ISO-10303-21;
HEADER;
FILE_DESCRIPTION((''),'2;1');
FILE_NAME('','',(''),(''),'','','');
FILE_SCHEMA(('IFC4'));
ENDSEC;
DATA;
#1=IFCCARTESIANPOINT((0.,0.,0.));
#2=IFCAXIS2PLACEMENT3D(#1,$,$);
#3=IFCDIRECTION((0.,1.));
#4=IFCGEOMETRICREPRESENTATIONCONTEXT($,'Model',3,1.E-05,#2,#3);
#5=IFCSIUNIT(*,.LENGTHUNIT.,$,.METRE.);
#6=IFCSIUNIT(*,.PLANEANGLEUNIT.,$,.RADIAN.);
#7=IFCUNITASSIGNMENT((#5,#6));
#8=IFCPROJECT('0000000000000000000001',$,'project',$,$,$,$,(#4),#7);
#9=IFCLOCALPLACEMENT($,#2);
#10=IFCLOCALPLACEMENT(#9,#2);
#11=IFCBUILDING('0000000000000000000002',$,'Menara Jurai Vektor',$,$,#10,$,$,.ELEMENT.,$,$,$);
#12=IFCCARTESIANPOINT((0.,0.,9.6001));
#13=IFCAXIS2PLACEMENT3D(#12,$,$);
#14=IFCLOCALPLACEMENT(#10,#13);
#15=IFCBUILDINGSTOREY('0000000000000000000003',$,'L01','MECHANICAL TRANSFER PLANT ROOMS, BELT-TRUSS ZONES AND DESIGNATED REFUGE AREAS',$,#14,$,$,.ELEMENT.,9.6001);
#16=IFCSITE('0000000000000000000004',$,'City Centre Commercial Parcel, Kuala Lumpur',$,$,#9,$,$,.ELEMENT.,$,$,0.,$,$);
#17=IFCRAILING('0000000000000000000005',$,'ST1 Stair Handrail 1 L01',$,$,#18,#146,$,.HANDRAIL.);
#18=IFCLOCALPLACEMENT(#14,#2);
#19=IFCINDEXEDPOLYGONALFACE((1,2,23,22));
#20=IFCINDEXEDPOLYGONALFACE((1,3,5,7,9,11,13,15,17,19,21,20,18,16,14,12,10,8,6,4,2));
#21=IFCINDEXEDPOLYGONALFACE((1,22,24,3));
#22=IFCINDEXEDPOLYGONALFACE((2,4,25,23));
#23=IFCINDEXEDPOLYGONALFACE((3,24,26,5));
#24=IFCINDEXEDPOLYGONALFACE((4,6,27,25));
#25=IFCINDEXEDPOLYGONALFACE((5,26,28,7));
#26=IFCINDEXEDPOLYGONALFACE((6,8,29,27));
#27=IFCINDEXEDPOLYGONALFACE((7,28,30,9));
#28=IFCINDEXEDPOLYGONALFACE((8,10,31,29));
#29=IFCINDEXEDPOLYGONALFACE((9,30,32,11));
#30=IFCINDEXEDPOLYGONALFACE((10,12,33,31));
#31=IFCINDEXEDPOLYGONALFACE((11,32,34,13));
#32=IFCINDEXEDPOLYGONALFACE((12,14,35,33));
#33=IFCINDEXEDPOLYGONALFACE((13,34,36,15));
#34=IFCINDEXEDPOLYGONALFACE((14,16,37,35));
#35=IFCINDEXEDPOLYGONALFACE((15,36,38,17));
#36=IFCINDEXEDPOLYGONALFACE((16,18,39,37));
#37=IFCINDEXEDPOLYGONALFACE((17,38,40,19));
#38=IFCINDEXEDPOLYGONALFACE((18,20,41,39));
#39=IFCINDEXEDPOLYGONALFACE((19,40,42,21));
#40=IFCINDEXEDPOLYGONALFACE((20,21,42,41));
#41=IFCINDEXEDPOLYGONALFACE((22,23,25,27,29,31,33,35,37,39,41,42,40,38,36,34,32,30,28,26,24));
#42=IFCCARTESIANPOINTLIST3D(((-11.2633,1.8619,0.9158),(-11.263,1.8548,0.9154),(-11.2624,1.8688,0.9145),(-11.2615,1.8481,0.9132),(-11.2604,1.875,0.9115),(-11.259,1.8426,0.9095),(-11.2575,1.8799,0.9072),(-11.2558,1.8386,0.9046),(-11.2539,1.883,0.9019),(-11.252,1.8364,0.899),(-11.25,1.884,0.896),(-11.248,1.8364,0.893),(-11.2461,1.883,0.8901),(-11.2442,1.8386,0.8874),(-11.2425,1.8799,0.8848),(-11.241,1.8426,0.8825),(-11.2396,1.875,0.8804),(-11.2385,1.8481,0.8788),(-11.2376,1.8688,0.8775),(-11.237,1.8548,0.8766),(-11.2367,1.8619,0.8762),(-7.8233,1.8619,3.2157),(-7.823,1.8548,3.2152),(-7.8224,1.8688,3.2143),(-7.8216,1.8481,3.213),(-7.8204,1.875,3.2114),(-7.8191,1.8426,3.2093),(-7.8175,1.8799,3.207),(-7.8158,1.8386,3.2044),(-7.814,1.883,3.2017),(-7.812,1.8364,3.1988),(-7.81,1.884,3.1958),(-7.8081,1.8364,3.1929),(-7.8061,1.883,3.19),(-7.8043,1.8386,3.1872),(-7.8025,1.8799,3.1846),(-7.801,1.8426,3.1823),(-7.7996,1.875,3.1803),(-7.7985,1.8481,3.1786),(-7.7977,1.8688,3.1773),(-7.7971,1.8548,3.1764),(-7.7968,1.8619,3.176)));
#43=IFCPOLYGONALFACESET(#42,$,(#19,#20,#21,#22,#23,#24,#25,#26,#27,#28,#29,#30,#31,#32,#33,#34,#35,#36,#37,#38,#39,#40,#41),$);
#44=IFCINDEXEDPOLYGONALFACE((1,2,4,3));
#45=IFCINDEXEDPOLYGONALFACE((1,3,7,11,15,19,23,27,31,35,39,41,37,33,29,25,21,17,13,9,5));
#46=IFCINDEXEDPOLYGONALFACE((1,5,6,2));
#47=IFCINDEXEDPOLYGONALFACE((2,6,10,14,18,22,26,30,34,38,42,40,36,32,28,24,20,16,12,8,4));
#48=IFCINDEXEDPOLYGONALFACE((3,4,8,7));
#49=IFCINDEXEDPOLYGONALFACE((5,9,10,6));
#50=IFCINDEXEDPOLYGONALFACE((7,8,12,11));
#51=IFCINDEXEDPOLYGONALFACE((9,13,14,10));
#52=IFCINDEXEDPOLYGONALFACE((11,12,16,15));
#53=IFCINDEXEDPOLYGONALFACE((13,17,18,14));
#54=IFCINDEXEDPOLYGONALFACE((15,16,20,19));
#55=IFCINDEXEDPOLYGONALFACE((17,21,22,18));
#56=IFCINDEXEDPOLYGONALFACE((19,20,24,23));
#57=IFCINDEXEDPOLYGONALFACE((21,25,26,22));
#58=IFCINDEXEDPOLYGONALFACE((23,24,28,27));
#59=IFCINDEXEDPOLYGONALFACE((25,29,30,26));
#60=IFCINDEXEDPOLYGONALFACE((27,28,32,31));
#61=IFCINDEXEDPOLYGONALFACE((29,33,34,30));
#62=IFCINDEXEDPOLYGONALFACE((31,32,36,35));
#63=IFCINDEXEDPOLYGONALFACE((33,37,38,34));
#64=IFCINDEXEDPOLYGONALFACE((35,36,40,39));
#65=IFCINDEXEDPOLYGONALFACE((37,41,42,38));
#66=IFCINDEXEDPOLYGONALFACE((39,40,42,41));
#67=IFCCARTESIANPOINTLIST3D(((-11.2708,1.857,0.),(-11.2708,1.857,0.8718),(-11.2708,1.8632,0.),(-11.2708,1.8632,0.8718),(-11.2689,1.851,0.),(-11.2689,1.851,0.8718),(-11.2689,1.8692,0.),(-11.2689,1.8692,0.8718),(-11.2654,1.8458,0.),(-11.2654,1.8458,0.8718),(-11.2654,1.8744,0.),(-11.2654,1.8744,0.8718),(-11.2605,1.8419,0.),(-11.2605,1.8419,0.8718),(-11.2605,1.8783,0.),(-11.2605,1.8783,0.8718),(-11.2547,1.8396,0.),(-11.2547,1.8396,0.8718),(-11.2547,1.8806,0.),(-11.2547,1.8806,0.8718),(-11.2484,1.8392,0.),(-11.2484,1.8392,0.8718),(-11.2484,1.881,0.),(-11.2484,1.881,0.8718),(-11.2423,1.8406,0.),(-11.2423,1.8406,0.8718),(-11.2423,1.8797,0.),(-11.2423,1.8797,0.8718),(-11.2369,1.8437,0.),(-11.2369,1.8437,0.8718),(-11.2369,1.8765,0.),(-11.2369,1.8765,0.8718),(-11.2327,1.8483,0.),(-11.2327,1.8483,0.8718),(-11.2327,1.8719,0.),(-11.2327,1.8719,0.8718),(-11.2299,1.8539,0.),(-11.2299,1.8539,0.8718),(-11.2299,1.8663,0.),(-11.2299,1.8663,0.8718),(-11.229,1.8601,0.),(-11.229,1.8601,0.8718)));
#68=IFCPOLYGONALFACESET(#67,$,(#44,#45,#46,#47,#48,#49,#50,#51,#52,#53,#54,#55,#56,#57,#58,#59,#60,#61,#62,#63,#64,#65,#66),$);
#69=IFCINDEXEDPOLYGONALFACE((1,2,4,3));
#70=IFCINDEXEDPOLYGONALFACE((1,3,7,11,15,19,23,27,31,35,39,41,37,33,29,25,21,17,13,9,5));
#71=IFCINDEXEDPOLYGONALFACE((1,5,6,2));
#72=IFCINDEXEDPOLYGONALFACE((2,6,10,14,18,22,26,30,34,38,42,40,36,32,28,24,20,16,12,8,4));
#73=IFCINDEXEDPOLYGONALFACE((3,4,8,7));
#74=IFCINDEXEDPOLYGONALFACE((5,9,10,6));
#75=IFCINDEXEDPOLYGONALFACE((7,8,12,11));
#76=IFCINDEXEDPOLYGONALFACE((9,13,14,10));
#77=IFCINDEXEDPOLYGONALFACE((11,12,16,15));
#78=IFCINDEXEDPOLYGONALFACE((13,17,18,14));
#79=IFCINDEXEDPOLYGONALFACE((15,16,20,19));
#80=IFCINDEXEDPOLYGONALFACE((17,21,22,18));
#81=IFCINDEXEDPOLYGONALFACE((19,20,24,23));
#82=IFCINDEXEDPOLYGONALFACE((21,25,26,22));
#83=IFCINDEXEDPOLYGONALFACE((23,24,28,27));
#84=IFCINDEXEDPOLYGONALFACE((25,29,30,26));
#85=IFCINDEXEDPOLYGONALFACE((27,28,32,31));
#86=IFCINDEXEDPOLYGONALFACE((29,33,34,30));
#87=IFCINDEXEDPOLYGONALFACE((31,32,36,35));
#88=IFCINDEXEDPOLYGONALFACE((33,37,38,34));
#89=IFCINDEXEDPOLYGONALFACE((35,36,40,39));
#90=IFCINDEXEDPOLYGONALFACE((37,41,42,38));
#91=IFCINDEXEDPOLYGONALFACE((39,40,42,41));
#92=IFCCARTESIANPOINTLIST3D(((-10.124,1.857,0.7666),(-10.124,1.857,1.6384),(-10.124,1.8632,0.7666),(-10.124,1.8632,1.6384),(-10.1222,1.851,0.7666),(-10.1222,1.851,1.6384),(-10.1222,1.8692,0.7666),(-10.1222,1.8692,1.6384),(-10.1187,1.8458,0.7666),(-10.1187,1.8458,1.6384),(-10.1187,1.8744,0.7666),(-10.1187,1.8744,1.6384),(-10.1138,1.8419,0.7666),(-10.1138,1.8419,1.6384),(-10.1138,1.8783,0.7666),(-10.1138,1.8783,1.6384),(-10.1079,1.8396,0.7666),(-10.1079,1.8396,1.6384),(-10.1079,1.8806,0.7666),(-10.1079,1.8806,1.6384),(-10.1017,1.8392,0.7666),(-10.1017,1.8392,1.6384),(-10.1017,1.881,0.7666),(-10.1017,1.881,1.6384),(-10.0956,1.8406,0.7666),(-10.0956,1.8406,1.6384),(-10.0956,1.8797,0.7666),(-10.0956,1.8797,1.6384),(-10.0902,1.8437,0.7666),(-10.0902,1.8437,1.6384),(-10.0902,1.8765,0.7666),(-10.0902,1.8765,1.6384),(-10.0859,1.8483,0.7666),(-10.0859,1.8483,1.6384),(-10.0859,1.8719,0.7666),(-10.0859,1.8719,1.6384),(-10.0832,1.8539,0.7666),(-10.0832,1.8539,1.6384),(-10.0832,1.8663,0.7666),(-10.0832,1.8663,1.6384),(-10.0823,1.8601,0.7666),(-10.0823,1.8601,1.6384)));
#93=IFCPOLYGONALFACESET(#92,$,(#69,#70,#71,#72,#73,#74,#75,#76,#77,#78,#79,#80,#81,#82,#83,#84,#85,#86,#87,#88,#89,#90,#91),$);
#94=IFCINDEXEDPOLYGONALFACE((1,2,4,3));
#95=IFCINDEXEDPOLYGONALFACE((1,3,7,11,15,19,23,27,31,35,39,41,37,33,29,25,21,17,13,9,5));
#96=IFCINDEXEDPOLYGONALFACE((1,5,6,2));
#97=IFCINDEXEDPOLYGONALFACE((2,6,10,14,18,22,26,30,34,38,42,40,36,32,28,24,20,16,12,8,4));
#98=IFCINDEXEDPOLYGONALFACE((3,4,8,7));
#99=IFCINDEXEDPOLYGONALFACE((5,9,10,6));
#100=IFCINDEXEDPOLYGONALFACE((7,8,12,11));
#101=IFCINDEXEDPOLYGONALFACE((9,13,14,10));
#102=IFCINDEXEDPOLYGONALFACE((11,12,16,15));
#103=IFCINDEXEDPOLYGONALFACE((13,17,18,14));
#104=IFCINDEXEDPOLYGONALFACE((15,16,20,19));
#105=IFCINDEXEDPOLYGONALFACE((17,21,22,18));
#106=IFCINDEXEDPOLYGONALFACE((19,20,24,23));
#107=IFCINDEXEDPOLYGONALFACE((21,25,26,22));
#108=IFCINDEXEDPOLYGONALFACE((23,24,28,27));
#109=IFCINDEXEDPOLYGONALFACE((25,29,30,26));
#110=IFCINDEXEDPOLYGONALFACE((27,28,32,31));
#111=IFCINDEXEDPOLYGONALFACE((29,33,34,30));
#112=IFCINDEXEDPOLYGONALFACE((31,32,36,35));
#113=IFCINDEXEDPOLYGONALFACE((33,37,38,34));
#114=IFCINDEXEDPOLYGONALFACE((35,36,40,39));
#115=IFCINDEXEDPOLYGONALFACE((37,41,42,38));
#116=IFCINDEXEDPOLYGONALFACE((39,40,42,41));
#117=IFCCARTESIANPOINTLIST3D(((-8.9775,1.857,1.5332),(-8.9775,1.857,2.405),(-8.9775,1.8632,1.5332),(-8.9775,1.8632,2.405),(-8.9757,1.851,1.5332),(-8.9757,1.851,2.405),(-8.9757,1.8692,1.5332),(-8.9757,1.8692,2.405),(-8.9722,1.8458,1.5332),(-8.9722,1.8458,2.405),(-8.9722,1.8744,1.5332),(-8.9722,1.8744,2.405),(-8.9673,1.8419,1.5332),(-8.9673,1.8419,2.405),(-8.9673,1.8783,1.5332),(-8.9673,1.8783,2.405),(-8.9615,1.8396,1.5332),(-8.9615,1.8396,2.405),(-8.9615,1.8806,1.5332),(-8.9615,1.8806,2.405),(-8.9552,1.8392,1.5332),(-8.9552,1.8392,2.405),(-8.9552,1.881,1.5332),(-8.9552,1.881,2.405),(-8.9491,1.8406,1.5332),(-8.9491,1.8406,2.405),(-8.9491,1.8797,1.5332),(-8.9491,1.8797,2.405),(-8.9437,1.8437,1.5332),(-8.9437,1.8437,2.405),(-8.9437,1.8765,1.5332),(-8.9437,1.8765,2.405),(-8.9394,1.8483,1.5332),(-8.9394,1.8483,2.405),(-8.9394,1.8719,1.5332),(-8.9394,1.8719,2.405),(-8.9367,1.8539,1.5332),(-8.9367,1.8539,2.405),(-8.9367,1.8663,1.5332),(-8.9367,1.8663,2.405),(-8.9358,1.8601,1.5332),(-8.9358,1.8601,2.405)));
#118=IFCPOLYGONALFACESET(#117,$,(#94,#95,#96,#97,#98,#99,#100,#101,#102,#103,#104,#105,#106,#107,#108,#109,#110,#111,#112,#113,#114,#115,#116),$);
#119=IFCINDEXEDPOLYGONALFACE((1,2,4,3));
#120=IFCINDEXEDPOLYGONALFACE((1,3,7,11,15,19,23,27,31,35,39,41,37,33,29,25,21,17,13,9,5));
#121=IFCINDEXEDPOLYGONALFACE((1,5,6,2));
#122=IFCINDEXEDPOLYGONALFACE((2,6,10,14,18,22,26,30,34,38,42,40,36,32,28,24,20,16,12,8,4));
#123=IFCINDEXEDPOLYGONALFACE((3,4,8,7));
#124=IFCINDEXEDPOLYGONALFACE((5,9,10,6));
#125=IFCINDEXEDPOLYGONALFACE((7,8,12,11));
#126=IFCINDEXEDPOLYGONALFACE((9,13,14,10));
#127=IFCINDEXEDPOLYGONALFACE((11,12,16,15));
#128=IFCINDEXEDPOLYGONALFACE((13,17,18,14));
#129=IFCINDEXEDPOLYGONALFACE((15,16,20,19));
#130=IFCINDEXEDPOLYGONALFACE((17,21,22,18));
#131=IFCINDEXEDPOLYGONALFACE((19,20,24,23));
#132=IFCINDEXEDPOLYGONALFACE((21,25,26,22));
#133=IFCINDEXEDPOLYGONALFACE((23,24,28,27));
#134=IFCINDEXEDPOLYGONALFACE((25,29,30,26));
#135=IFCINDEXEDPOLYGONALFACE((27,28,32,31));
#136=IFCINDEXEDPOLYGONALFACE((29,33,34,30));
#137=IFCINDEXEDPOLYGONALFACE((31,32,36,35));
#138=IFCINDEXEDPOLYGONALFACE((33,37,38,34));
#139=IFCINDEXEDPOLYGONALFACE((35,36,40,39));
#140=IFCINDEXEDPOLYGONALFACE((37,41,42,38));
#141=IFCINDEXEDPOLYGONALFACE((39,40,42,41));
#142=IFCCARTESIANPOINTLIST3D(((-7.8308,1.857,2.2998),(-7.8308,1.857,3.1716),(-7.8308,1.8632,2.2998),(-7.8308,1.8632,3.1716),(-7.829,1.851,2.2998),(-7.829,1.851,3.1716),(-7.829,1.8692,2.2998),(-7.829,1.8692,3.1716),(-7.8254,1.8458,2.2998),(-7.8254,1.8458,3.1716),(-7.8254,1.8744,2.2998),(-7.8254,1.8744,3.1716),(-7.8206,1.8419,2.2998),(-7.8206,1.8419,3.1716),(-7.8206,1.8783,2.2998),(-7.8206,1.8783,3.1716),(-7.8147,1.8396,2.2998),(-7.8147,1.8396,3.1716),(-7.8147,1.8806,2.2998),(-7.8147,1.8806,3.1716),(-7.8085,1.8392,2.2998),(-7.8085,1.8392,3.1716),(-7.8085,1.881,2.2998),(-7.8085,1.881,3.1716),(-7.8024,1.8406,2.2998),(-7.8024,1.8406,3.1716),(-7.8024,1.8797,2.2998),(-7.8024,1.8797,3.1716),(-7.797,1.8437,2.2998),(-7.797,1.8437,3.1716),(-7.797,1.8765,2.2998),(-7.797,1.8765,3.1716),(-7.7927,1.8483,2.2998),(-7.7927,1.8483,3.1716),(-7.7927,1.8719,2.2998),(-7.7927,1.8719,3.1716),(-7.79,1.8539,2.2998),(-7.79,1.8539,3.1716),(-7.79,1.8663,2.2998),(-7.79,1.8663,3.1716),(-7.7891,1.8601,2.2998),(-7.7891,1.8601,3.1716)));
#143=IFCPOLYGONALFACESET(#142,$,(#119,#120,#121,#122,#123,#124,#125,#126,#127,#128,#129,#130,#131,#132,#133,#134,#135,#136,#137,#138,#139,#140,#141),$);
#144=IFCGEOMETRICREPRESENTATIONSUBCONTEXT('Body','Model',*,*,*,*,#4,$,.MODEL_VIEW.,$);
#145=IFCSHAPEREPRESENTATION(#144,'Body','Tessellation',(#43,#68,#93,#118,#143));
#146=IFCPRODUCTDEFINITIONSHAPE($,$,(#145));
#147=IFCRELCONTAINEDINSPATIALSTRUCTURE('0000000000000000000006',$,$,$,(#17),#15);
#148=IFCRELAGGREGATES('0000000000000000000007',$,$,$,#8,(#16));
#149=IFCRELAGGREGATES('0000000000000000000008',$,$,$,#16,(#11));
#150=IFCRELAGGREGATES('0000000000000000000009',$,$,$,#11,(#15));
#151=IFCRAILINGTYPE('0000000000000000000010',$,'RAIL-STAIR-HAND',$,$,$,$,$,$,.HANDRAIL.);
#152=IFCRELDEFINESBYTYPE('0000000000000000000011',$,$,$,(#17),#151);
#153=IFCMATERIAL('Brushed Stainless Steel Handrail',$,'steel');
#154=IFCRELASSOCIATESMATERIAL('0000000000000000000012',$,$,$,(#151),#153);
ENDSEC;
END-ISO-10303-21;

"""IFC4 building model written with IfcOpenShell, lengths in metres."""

from ifc_helpers import new_model, si_unit, direction, frame, origin, origin_2d, place, context, subcontext, project, spatial, circle, extrude, material, type_object, element, save


model = new_model("IFC4")

# Units and contexts
model_context = context("Model", 3, precision=1e-05, world=origin(), true_north=direction((0.0, 1.0)))
body_context = subcontext(model_context, "Body", "Model", "MODEL_VIEW")
ifc_project = project(units=[si_unit("LENGTHUNIT", "METRE"), si_unit("PLANEANGLEUNIT", "RADIAN")], contexts=[model_context])

# Site, building, storey
site_placement = place(None, origin())
site = spatial("IfcSite", under=ifc_project, at=site_placement, Name="City Centre Commercial Parcel, Kuala Lumpur", CompositionType="ELEMENT", RefElevation=0.0)
building_placement = place(site_placement, origin())
building = spatial("IfcBuilding", under=site, at=building_placement, Name="Menara Jurai Vektor", CompositionType="ELEMENT")
storey_placement = place(building_placement, frame((0.0, 0.0, 9.6001)))
storey = spatial("IfcBuildingStorey", under=building, at=storey_placement, Name="L01", Description="MECHANICAL TRANSFER PLANT ROOMS, BELT-TRUSS ZONES AND DESIGNATED REFUGE AREAS", CompositionType="ELEMENT", Elevation=9.6001)

# Railing
ifc_material_1 = material(Name="Brushed Stainless Steel Handrail", Category="steel")
railing_type_1 = type_object("IfcRailingType", Name="RAIL-STAIR-HAND", PredefinedType="HANDRAIL", material=ifc_material_1)
railing_1_placement = place(storey_placement, frame((-11.25, 1.8601, 0.0)))
element("IfcRailing", 1, at=railing_1_placement, inside=storey, type_object=railing_type_1, Name="ST1 Stair Handrail 1 L01", PredefinedType="HANDRAIL", context=body_context, shape_type="SweptSolid", body=[
    extrude(circle(Radius=0.0239, at=origin_2d()), frame((0.0, 0.0, 0.896), z_axis=(0.831323, 0.0, 0.555789), x_axis=(0.0, 1.0, 0.0)), (0.0, 0.0, 1.0), 4.1379),
    extrude(circle(Radius=0.021, at=origin_2d()), origin(), (0.0, 0.0, 1.0), 0.8718),
    extrude(circle(Radius=0.021, at=origin_2d()), frame((1.1467, 0.0, 0.7666)), (0.0, 0.0, 1.0), 0.8718),
    extrude(circle(Radius=0.021, at=origin_2d()), frame((2.2932, 0.0, 1.5332)), (0.0, 0.0, 1.0), 0.8718),
    extrude(circle(Radius=0.021, at=origin_2d()), frame((3.4399, 0.0, 2.2998)), (0.0, 0.0, 1.0), 0.8718),
])

save(model, "model.ifc")
